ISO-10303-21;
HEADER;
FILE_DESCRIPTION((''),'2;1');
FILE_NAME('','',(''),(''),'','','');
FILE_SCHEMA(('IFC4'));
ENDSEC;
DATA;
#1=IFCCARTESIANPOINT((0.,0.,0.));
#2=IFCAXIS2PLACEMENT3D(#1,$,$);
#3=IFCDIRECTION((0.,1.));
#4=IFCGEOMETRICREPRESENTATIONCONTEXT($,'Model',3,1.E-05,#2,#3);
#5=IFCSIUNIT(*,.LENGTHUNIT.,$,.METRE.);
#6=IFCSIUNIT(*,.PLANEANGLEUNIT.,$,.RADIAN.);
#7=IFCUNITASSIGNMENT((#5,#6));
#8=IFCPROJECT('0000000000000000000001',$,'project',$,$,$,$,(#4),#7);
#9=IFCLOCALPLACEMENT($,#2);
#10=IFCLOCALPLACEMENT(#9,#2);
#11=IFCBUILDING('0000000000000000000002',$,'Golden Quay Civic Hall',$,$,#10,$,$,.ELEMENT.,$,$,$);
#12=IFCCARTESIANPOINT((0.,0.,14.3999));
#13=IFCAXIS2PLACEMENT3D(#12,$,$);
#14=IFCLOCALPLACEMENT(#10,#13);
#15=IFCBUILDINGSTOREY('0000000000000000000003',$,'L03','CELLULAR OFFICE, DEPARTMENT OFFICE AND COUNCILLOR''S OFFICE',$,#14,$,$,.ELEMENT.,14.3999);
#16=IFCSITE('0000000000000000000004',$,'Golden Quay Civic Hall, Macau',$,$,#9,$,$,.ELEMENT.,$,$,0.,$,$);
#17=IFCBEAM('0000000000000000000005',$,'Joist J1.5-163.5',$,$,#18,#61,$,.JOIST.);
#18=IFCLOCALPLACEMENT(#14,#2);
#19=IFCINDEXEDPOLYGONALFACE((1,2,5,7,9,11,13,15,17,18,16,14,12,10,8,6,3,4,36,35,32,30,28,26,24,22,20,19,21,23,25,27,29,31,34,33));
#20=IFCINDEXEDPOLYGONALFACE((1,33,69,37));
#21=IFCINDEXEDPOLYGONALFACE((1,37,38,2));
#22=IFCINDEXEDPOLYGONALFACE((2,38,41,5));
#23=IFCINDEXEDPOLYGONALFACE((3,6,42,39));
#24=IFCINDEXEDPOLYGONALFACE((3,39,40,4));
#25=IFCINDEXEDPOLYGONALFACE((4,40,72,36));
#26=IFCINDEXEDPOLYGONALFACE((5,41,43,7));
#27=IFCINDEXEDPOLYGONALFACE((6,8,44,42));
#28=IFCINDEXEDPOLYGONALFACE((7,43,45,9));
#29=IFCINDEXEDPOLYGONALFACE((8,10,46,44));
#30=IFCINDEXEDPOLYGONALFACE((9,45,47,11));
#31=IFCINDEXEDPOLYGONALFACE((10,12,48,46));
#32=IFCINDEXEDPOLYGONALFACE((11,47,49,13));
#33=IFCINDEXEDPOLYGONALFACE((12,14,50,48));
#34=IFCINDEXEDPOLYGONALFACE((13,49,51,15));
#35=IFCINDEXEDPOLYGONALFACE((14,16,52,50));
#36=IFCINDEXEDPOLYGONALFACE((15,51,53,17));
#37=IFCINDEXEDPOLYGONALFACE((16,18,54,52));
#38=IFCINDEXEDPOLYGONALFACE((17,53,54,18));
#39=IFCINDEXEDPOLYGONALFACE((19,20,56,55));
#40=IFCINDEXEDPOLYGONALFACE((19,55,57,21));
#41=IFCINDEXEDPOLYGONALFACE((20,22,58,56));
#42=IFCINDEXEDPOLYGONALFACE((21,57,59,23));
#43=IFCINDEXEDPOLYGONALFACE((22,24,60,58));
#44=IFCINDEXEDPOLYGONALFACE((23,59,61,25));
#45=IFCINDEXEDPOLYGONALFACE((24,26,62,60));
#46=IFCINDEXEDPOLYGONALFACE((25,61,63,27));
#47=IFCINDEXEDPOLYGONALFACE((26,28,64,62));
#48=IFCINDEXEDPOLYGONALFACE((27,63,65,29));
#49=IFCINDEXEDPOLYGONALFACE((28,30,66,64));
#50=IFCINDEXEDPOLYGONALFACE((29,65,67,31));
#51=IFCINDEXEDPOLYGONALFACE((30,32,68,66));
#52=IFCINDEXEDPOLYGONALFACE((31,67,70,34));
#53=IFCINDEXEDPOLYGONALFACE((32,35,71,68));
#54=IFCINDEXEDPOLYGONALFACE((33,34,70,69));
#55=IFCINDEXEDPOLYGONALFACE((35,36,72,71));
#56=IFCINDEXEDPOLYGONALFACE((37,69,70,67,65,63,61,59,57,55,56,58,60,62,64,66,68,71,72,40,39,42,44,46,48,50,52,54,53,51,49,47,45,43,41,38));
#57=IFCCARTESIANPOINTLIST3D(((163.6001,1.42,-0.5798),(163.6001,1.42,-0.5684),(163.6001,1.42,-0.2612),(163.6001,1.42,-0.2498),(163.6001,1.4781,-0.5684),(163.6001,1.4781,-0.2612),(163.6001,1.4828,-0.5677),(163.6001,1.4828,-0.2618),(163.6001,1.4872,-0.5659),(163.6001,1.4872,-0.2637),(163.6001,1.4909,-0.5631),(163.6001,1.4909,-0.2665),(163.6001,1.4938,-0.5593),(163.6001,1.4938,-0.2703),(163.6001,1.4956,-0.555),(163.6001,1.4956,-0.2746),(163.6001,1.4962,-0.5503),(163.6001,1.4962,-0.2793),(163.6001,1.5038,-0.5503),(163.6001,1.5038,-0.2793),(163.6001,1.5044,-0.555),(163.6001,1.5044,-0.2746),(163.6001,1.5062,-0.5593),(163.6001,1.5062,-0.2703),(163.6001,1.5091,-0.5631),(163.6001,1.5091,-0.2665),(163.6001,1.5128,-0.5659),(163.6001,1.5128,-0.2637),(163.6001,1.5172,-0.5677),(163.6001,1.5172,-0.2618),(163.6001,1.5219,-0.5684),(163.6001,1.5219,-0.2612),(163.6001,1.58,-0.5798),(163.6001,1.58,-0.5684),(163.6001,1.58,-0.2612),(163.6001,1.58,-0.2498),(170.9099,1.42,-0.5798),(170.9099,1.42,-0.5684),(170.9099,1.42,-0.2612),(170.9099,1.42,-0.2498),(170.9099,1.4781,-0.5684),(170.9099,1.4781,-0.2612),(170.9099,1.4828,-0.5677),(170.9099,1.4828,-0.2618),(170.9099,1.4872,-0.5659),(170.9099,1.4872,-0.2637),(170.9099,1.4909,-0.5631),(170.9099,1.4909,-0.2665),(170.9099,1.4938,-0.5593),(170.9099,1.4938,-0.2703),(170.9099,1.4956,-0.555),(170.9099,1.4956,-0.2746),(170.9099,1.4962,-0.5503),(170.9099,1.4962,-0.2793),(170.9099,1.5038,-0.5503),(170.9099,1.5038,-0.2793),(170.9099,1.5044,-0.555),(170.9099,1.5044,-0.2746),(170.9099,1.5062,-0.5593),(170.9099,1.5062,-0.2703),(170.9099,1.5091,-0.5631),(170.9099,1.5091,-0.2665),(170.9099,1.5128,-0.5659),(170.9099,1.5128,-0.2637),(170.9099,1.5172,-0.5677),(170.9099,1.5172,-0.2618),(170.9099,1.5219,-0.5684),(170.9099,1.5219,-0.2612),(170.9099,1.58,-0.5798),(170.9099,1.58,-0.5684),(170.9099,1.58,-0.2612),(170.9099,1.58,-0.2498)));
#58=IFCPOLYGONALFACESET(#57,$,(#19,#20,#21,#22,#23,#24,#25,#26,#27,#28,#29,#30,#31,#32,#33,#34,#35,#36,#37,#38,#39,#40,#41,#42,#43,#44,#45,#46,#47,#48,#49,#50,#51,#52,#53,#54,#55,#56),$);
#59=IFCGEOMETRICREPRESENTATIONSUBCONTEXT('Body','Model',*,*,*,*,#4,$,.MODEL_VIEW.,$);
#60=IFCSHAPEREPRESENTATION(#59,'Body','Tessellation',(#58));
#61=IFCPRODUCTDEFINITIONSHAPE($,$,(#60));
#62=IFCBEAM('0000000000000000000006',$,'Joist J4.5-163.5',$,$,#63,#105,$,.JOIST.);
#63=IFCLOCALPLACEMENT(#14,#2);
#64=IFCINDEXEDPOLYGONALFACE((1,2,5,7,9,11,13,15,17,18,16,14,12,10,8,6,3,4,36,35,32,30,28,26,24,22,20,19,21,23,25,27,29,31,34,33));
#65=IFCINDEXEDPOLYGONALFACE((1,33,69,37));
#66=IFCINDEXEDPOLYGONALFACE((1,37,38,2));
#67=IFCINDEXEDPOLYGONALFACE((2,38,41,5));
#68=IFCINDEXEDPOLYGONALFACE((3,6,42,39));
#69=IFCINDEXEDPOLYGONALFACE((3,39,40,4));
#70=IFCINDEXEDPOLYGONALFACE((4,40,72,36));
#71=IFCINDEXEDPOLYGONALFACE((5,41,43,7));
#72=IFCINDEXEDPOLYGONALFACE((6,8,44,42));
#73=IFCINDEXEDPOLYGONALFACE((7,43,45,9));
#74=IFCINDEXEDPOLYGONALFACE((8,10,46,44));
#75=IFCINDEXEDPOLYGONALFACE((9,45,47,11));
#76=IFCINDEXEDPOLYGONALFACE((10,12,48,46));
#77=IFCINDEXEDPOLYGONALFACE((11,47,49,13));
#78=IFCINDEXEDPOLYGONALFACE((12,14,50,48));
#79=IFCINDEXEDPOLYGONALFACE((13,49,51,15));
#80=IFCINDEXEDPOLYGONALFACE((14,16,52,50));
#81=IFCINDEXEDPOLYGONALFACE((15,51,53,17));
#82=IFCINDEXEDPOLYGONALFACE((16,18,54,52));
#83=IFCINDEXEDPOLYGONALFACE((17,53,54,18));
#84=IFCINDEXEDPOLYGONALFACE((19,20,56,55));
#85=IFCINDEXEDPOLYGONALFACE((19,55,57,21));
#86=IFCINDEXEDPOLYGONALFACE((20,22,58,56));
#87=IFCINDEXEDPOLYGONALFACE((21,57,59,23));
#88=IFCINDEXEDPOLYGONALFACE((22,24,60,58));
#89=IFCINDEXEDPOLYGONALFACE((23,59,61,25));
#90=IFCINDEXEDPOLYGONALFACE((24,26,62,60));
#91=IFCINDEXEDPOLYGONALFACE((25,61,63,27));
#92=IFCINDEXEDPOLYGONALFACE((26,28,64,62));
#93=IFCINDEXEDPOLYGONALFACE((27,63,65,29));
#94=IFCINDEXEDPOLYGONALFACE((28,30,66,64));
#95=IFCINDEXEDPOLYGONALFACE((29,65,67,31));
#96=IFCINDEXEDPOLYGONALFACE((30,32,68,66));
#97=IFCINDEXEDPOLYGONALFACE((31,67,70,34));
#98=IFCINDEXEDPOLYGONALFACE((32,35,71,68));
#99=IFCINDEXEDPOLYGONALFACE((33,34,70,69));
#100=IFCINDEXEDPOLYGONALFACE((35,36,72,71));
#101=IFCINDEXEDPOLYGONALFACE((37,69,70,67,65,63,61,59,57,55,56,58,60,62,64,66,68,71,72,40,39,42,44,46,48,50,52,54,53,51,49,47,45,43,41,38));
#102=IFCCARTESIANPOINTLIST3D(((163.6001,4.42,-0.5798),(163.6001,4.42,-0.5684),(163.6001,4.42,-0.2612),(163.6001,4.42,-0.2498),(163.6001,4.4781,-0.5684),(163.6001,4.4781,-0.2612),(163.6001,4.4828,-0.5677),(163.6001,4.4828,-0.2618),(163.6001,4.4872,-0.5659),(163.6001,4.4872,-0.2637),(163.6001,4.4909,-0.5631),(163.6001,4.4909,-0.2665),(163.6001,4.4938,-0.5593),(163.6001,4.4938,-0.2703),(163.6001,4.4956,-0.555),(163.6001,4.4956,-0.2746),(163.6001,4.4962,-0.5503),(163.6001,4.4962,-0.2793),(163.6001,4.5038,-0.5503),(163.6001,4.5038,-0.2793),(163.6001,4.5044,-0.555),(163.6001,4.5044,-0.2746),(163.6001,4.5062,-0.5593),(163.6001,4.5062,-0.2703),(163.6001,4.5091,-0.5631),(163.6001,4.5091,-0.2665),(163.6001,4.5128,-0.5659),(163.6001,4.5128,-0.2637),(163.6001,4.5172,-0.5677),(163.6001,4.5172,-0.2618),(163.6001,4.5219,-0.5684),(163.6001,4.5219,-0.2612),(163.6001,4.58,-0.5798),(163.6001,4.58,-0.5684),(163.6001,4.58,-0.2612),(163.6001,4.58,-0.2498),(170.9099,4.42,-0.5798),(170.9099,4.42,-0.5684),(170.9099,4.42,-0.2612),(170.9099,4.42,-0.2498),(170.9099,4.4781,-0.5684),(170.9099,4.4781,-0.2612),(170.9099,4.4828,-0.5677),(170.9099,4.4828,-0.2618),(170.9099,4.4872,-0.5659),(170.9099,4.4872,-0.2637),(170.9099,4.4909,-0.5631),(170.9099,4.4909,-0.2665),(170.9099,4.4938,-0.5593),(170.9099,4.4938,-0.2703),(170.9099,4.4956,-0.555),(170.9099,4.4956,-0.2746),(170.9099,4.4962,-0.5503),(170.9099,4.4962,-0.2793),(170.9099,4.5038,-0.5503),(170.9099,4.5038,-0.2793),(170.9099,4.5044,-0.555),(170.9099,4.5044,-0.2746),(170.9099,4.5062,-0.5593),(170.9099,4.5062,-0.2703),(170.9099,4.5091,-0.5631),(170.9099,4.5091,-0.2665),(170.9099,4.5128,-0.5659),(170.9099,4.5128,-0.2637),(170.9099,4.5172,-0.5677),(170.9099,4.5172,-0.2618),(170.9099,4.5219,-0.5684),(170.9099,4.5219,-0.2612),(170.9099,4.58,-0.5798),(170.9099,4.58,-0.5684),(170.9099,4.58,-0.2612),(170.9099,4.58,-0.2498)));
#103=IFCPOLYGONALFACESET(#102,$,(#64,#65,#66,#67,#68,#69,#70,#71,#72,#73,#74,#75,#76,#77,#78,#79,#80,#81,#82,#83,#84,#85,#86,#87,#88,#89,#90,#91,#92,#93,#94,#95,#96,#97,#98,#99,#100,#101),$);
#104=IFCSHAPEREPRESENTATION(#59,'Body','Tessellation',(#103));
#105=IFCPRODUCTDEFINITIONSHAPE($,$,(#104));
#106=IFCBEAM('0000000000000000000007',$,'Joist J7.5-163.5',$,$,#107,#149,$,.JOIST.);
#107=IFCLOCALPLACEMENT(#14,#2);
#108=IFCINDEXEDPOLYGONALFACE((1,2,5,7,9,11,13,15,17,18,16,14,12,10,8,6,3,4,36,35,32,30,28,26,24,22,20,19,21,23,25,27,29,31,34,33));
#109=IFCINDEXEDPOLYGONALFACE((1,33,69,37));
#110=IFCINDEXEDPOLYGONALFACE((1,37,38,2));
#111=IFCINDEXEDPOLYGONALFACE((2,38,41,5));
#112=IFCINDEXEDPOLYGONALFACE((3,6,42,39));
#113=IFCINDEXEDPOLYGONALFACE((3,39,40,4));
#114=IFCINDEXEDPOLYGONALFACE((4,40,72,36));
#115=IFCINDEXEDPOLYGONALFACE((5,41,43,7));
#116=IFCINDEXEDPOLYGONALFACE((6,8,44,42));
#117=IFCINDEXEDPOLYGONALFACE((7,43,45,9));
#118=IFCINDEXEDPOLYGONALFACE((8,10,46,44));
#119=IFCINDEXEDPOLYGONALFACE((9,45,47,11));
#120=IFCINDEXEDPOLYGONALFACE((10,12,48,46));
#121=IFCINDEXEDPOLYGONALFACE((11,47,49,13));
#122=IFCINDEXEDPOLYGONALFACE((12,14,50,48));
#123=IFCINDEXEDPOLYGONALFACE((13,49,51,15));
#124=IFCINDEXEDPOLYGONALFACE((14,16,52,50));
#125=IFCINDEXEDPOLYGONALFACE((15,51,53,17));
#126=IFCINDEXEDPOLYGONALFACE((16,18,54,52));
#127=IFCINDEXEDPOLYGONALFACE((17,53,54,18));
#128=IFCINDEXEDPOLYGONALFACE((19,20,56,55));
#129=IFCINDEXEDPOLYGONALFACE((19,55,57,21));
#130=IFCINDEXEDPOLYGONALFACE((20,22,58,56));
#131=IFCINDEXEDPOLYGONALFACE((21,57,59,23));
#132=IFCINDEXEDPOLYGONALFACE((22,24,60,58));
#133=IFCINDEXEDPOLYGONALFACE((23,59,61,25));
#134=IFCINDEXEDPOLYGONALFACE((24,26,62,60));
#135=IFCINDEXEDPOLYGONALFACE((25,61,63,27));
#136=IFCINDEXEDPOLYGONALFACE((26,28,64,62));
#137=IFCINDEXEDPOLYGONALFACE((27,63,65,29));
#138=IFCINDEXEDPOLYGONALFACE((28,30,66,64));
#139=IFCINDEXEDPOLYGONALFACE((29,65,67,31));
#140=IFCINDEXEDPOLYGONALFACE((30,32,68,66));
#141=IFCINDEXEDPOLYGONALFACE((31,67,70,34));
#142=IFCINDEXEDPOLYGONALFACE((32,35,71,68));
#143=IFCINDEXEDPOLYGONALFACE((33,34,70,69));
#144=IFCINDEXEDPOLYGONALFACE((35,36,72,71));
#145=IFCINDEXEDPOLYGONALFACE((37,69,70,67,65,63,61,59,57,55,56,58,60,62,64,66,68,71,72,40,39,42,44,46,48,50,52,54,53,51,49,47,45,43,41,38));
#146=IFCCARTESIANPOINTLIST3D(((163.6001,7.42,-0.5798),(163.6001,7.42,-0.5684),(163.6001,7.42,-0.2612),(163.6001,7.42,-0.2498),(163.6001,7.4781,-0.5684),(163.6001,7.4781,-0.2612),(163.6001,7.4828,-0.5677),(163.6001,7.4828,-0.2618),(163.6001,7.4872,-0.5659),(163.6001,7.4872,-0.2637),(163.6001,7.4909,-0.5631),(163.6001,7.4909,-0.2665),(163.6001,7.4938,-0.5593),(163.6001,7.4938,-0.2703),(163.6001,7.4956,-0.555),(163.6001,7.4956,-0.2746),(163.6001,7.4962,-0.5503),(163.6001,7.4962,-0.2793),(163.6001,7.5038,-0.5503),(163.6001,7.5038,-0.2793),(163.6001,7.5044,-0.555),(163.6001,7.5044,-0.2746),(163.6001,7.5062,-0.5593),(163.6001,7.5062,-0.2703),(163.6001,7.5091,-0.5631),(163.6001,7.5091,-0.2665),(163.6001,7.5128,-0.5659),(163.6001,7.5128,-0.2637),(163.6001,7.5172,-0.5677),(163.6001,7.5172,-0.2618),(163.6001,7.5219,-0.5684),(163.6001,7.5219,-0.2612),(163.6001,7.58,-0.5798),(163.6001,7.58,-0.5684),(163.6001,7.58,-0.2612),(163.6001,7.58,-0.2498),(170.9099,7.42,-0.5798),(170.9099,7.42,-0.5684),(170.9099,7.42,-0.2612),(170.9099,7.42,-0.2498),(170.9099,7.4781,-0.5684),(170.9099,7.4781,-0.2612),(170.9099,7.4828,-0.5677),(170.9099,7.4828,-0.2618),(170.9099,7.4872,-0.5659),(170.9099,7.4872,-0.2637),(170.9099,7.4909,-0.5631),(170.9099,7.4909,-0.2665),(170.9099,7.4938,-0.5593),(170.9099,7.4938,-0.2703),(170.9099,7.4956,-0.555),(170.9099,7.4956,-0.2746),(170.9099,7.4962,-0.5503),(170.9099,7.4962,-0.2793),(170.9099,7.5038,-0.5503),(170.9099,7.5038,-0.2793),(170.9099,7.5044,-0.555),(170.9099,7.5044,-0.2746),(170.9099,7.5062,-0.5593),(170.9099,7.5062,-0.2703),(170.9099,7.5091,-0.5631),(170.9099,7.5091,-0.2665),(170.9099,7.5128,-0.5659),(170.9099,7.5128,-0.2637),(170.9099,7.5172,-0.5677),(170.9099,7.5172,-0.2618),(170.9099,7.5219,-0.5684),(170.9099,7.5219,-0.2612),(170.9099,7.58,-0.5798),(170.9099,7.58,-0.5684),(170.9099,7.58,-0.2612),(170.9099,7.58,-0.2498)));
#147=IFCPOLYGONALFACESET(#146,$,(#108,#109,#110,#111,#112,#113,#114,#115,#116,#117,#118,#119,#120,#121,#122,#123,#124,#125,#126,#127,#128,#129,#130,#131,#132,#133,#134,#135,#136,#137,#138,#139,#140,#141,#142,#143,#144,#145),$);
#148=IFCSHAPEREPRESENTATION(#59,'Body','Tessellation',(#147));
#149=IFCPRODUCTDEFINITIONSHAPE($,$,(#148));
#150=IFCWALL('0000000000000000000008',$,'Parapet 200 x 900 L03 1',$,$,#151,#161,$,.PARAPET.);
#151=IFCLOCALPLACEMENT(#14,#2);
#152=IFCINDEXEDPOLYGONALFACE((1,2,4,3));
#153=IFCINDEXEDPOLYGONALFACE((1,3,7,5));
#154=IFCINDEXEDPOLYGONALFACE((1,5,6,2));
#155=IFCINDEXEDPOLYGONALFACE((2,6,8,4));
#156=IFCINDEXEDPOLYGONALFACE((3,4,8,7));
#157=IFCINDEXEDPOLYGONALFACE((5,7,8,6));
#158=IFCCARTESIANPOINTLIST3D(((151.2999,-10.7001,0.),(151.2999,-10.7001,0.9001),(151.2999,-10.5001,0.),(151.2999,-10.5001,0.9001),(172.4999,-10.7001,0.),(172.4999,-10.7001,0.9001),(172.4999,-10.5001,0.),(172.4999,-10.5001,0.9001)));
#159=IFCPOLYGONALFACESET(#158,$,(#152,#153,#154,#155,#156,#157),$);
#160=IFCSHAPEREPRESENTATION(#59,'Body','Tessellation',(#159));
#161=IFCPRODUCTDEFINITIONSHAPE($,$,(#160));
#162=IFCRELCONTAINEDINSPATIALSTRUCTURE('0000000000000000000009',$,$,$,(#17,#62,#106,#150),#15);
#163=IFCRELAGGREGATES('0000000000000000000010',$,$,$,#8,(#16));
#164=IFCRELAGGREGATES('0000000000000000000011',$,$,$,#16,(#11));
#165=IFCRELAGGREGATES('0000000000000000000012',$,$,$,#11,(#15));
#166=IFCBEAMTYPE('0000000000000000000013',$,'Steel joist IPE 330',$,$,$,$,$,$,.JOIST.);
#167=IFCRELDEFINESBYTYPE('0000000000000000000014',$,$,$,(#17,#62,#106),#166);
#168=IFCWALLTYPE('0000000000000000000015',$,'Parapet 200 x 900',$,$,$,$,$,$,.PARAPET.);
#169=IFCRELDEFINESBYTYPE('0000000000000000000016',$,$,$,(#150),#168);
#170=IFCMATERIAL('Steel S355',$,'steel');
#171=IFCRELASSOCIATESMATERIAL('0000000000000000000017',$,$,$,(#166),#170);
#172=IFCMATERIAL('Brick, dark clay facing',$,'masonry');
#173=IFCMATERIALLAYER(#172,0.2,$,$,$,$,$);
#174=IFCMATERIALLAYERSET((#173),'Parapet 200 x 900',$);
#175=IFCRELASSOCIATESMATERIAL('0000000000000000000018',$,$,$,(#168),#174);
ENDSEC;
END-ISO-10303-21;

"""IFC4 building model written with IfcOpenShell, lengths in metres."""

from ifc_helpers import new_model, si_unit, direction, frame, frame_2d, origin, origin_2d, place, context, subcontext, project, spatial, rectangle, i_section, extrude, material, layer, layer_set, material_profile, profile_set, type_object, element, save


model = new_model("IFC4")

# Units and contexts
model_context = context("Model", 3, precision=1e-05, world=origin(), true_north=direction((0.0, 1.0)))
body_context = subcontext(model_context, "Body", "Model", "MODEL_VIEW")
ifc_project = project(units=[si_unit("LENGTHUNIT", "METRE"), si_unit("PLANEANGLEUNIT", "RADIAN")], contexts=[model_context])

# Site, building, storey
site_placement = place(None, origin())
site = spatial("IfcSite", under=ifc_project, at=site_placement, Name="Golden Quay Civic Hall, Macau", CompositionType="ELEMENT", RefElevation=0.0)
building_placement = place(site_placement, origin())
building = spatial("IfcBuilding", under=site, at=building_placement, Name="Golden Quay Civic Hall", CompositionType="ELEMENT")
storey_placement = place(building_placement, frame((0.0, 0.0, 14.3999)))
storey = spatial("IfcBuildingStorey", under=building, at=storey_placement, Name="L03", Description="CELLULAR OFFICE, DEPARTMENT OFFICE AND COUNCILLOR'S OFFICE", CompositionType="ELEMENT", Elevation=14.3999)

# Beams
ifc_material_1 = material(Name="Steel S355", Category="steel")
ifc_material_profile_1 = material_profile(ifc_material_1, i_section(OverallWidth=0.1599, OverallDepth=0.3301, WebThickness=0.0076, FlangeThickness=0.0115, FilletRadius=0.0181, at=origin_2d()), Name="IPE 330")
ifc_profile_set_1 = profile_set([ifc_material_profile_1], Name="Steel S355")
beam_type_1 = type_object("IfcBeamType", Name="Steel joist IPE 330", PredefinedType="JOIST", material=ifc_profile_set_1)
for number, where, z_axis, x_axis, name in (
    (1, (163.6001, 1.5, -0.4148), (1.0, 0.0, 0.0), (0.0, 1.0, 0.0), "Joist J1.5-163.5"),
    (2, (163.6001, 4.5, -0.4148), (1.0, 0.0, 0.0), (0.0, 1.0, 0.0), "Joist J4.5-163.5"),
    (3, (163.6001, 7.5, -0.4148), (1.0, 0.0, 0.0), (0.0, 1.0, 0.0), "Joist J7.5-163.5"),
):
    element("IfcBeam", number, at=place(storey_placement, frame(where, z_axis=z_axis, x_axis=x_axis)), inside=storey, type_object=beam_type_1, Name=name, PredefinedType="JOIST", context=body_context, shape_type="SweptSolid", body=[
        extrude(i_section(OverallWidth=0.1599, OverallDepth=0.3301, WebThickness=0.0076, FlangeThickness=0.0115, FilletRadius=0.0181, at=origin_2d()), origin(), (0.0, 0.0, 1.0), 7.3098),
    ])

# Wall
ifc_material_2 = material(Name="Brick, dark clay facing", Category="masonry")
ifc_layer = layer(ifc_material_2, 0.2)
ifc_layer_set = layer_set([ifc_layer], Name="Parapet 200 x 900")
wall_type = type_object("IfcWallType", Name="Parapet 200 x 900", PredefinedType="PARAPET", material=ifc_layer_set)
wall_placement = place(storey_placement, frame((172.5, -10.6001, 0.0), z_axis=(0.0, 0.0, 1.0), x_axis=(-1.0, 0.0, 0.0)))
element("IfcWall", 4, at=wall_placement, inside=storey, type_object=wall_type, Name="Parapet 200 x 900 L03 1", PredefinedType="PARAPET", context=body_context, shape_type="SweptSolid", body=[
    extrude(rectangle(XDim=21.2, YDim=0.2, at=frame_2d((10.6001, 0.0))), origin(), (0.0, 0.0, 1.0), 0.9001),
])

save(model, "model.ifc")
